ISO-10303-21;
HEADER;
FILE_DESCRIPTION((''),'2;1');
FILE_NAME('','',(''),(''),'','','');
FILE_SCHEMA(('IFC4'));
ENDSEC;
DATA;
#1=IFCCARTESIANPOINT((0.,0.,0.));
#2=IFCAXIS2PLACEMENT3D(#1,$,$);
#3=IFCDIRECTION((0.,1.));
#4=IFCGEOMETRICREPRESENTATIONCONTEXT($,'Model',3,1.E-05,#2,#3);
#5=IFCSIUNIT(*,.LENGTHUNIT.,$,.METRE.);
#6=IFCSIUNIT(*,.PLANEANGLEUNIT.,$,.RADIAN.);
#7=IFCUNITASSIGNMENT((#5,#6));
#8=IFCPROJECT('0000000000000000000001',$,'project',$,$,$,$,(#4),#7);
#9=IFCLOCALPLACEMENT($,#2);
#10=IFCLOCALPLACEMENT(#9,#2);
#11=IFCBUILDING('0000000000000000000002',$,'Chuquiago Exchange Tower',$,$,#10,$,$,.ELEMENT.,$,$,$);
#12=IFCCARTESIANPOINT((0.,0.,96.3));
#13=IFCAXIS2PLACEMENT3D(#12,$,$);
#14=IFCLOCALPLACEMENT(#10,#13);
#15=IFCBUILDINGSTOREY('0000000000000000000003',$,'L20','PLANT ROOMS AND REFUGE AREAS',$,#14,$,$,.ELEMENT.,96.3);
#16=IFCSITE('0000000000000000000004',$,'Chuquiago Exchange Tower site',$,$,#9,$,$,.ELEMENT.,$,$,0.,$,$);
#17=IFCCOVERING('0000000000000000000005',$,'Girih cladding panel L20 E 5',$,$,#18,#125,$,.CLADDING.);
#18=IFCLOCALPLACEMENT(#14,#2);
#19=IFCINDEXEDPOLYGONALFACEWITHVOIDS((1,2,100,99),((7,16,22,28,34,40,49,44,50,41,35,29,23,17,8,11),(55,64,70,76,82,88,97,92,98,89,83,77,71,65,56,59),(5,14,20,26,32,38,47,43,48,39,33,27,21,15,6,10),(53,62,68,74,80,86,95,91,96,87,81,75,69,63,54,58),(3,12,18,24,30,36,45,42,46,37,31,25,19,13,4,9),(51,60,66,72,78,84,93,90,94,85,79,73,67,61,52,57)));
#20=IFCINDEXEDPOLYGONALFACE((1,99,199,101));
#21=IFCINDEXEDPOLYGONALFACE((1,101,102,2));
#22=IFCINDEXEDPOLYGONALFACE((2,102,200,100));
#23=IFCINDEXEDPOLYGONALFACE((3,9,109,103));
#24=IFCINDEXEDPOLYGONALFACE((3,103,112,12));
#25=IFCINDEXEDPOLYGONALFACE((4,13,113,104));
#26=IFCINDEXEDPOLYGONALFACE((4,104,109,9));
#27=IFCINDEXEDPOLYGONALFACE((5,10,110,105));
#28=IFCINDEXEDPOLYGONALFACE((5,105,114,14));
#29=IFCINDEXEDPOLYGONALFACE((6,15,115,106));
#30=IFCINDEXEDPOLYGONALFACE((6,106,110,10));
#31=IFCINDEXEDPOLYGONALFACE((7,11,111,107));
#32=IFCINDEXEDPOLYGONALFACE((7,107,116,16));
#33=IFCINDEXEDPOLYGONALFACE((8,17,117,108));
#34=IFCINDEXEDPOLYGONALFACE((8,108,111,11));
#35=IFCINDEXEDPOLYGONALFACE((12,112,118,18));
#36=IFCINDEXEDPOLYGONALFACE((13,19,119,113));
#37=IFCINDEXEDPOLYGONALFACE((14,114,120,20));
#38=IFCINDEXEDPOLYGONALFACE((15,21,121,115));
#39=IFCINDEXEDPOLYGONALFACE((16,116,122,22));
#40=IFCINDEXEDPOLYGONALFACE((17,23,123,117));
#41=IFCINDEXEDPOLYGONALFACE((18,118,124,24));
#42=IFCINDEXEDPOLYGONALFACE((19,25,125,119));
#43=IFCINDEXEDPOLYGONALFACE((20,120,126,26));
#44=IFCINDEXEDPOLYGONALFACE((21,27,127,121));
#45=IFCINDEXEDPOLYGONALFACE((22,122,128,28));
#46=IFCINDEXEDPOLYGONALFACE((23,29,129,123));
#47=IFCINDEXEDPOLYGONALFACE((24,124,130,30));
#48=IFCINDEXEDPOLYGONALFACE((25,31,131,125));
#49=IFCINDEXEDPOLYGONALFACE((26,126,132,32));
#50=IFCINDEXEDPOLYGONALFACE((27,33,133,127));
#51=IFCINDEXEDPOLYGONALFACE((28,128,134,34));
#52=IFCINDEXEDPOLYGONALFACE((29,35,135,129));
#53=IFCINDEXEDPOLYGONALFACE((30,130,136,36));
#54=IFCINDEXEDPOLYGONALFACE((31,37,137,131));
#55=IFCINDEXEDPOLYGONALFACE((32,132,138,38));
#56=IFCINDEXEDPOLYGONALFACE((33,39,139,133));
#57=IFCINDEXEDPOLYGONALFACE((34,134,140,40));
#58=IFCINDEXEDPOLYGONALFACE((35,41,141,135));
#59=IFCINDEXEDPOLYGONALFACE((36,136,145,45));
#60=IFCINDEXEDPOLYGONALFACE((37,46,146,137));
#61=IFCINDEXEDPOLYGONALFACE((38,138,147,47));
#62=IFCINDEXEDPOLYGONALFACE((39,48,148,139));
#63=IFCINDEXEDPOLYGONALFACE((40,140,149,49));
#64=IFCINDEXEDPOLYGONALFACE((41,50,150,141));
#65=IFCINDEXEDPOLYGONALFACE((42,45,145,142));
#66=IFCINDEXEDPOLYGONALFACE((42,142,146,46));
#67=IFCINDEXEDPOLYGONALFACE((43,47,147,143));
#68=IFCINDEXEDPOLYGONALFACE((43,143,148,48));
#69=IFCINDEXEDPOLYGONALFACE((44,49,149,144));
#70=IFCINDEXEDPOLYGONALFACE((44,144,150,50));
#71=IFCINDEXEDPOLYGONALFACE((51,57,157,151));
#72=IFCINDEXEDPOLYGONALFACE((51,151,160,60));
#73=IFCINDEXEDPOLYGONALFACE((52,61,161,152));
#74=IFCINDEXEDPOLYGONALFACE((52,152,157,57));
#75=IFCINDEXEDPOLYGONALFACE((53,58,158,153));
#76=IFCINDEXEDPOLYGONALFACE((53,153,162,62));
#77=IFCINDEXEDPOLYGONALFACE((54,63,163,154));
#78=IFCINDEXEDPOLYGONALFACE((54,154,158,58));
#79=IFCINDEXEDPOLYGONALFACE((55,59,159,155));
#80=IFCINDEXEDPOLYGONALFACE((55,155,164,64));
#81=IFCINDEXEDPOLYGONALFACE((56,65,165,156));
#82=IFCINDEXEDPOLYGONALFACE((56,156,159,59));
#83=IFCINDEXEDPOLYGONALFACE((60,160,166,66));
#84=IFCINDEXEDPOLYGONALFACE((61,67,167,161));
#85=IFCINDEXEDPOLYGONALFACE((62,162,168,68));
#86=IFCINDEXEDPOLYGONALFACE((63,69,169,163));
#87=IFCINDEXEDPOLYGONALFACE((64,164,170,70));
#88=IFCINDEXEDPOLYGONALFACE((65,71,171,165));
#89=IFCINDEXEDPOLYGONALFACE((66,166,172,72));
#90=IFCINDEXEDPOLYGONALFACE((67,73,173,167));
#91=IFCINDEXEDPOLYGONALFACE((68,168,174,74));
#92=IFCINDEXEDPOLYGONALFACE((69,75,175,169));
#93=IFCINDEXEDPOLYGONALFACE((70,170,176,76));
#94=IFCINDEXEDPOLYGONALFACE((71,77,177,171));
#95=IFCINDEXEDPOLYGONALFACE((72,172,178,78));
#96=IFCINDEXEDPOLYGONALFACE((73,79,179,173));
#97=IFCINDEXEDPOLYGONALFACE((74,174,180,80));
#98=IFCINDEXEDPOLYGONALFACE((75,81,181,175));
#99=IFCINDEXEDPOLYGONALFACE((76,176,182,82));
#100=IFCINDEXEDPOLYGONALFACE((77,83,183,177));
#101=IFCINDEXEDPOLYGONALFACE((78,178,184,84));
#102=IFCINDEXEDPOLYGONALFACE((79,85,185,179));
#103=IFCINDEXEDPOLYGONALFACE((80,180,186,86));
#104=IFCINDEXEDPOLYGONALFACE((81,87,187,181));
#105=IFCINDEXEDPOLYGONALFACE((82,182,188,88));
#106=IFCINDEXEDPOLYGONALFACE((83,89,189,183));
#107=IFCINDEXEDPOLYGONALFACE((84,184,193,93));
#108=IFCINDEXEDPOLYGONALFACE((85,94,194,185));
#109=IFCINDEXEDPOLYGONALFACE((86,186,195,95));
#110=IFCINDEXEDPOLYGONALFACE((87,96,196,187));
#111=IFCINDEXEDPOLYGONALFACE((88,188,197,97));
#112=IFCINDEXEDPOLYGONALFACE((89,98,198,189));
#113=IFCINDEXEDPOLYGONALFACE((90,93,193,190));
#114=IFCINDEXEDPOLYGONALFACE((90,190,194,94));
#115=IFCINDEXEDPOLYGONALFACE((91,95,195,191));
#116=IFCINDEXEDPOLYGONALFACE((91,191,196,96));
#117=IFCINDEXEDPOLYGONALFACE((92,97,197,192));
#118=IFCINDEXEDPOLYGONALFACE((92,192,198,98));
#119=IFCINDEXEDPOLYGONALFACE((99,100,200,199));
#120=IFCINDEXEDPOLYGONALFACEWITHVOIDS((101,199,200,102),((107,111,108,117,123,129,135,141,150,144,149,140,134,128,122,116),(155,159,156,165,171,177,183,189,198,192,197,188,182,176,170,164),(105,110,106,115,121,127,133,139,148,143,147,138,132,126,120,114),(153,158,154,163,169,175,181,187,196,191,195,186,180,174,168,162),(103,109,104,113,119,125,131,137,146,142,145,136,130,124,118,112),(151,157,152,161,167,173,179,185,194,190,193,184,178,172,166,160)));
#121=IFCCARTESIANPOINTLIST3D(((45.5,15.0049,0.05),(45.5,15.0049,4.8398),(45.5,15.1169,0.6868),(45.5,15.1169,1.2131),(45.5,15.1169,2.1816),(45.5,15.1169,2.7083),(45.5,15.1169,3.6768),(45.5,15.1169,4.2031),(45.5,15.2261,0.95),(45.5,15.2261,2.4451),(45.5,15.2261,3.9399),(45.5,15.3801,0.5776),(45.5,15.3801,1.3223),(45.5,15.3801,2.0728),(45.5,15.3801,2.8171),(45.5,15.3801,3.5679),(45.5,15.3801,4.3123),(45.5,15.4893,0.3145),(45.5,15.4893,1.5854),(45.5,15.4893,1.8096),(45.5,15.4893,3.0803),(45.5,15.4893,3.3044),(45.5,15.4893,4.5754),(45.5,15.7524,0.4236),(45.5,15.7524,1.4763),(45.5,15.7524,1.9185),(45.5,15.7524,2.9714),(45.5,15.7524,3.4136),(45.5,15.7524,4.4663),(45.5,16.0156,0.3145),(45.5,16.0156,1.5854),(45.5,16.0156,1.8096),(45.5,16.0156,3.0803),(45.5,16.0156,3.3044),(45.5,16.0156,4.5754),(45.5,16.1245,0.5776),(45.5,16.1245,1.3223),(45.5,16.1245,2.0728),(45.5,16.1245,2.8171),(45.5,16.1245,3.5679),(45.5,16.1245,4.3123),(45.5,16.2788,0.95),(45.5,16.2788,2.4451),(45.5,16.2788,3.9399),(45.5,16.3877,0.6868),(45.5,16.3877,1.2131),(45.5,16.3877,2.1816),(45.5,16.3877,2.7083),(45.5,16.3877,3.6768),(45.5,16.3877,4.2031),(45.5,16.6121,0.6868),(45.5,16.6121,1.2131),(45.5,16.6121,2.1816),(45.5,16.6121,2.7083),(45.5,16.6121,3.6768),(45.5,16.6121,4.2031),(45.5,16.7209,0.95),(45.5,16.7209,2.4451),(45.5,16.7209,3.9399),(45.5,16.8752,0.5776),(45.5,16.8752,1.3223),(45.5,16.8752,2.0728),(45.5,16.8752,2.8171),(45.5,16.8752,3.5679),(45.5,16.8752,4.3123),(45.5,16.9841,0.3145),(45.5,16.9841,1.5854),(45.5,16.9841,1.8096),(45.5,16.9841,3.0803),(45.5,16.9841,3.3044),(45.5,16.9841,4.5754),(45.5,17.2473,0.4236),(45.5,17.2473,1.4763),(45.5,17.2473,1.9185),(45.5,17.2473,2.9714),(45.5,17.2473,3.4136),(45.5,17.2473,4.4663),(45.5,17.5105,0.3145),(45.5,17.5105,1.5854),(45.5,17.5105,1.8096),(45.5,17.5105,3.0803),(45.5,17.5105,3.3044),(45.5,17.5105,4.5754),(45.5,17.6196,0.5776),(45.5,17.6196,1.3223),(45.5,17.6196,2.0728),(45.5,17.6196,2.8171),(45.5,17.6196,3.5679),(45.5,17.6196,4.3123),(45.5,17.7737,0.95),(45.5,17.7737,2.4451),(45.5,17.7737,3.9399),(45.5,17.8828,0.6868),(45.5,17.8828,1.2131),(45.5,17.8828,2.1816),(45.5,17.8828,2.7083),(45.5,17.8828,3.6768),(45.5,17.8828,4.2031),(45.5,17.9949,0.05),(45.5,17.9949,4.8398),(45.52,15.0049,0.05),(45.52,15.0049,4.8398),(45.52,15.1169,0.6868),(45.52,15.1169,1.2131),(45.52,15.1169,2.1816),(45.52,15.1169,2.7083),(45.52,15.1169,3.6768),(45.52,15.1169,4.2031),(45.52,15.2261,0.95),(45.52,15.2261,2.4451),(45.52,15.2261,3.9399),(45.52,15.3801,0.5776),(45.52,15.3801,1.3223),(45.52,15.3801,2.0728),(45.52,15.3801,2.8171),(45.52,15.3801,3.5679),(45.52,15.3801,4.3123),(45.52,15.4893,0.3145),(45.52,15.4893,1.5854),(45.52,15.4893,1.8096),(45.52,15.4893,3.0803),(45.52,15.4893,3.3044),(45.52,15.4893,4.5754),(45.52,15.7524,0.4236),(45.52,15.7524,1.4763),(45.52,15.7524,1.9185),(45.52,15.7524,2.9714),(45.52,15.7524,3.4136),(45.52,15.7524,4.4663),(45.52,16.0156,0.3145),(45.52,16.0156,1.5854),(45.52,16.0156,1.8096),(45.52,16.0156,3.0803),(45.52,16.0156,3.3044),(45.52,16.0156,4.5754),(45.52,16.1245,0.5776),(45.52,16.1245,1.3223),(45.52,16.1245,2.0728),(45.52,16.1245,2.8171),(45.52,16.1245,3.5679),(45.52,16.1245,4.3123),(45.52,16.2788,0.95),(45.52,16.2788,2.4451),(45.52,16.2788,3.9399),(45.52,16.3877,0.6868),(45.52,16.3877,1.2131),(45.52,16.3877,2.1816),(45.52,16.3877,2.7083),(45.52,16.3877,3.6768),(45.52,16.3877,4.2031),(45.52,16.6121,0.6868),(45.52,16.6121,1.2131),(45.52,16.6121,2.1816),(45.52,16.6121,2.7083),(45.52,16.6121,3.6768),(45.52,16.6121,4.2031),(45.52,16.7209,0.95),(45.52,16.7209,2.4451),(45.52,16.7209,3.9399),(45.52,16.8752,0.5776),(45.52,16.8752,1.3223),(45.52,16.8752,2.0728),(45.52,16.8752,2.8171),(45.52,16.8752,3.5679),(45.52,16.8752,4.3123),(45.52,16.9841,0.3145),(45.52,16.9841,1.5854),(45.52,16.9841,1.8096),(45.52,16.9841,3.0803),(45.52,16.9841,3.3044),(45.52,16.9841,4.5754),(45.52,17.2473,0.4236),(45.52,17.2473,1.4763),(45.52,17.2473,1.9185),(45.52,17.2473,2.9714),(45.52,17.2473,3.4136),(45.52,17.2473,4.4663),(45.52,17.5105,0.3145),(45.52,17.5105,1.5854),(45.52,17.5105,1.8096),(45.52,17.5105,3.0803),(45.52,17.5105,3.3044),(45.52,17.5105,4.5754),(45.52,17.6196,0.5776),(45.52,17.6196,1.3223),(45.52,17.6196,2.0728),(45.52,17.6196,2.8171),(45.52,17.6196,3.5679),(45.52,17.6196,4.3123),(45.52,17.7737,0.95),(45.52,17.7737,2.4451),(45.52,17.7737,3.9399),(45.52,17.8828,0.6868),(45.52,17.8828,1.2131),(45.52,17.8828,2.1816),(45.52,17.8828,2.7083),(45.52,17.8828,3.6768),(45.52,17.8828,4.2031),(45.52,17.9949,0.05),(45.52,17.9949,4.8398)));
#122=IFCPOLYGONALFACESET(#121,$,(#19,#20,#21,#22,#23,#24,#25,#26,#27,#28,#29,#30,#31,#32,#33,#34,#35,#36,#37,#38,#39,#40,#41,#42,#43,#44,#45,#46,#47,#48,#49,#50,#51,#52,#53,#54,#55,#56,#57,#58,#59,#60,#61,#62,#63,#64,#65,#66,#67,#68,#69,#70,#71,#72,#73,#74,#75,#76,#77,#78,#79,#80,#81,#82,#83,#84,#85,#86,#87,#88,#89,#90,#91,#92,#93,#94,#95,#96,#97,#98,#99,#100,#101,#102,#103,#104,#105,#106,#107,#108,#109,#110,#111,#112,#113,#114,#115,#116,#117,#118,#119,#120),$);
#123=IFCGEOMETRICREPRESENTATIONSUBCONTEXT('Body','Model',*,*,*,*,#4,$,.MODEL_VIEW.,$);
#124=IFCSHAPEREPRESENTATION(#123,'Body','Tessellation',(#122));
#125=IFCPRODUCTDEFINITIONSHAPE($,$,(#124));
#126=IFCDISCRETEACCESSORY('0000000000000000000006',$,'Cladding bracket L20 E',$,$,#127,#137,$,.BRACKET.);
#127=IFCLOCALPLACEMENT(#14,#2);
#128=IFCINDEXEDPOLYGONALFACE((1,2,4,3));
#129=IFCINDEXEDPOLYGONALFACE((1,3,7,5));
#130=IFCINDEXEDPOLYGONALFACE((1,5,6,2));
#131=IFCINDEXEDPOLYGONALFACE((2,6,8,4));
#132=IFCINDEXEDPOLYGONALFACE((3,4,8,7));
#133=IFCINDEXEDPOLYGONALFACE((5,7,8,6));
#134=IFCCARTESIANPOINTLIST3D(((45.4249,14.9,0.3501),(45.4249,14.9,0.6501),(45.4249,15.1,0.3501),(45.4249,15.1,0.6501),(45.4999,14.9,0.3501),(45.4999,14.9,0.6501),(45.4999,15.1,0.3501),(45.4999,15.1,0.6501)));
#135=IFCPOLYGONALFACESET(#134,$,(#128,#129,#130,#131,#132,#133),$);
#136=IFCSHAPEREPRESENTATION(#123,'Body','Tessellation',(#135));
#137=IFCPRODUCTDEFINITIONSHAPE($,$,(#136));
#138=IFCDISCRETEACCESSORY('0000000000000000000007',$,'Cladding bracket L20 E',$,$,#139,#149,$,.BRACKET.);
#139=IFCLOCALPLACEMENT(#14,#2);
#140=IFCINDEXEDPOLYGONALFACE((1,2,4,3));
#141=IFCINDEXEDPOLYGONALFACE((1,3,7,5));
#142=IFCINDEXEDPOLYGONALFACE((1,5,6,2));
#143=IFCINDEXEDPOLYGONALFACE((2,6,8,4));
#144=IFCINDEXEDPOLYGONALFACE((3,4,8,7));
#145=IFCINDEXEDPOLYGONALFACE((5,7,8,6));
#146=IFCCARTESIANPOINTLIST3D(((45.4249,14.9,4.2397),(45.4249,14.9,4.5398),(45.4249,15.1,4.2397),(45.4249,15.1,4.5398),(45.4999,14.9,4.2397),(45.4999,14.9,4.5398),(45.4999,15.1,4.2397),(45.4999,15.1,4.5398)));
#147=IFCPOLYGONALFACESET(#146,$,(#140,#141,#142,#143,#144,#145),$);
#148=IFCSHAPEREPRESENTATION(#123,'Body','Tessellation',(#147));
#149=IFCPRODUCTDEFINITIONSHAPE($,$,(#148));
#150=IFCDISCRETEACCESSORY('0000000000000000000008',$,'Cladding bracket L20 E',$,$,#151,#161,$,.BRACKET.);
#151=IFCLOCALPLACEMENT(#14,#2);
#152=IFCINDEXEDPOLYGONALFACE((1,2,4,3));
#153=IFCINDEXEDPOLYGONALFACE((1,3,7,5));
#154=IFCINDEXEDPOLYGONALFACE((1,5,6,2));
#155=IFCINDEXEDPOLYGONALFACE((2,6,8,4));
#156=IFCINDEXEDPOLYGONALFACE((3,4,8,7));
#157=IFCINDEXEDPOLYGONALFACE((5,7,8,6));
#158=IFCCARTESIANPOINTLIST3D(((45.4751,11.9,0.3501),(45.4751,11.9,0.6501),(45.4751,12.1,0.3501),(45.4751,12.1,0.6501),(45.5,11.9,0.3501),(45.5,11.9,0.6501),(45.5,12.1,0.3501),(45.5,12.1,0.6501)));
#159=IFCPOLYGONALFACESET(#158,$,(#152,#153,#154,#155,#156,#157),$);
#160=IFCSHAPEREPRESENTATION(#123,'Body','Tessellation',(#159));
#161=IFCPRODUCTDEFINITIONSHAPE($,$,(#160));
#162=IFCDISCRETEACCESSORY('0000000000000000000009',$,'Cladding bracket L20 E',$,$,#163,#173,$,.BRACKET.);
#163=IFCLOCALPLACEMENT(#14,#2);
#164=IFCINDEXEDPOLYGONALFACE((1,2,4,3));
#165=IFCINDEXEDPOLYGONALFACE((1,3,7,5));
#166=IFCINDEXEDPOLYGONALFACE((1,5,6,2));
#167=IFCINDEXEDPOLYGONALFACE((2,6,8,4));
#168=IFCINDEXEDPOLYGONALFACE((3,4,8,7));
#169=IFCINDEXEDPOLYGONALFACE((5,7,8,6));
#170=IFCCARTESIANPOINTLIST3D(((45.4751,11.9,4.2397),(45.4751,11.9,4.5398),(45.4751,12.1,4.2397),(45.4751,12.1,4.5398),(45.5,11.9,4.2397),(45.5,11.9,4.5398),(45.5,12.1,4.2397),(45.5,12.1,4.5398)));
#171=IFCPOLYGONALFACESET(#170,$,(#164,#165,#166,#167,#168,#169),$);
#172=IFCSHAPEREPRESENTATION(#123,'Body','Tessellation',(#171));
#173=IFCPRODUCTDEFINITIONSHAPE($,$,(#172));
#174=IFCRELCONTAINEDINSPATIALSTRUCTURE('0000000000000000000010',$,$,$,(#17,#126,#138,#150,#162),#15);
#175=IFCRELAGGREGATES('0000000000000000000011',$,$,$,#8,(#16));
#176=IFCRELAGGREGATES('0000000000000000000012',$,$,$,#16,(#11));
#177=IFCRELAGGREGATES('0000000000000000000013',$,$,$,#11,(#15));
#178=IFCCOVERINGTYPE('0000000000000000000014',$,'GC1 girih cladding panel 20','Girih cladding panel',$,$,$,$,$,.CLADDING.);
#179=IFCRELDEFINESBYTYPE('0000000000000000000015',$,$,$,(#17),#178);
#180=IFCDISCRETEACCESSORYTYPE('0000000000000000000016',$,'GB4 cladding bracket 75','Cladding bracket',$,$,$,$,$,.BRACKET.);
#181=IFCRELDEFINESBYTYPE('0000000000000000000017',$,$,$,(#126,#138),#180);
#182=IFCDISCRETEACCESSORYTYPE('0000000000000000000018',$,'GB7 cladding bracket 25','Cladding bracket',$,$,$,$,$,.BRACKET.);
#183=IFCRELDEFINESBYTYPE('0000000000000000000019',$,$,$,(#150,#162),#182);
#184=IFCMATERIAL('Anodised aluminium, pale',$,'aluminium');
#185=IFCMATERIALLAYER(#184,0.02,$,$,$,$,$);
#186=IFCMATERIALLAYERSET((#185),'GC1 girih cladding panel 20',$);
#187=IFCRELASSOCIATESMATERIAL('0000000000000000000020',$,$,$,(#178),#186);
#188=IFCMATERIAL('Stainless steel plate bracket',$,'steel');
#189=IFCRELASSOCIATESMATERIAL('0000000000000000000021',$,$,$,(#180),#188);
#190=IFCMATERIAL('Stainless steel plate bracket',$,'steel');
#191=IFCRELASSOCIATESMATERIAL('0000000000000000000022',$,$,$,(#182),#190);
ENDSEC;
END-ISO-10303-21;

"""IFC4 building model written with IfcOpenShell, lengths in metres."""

from ifc_helpers import new_model, si_unit, direction, frame, origin, origin_2d, place, context, subcontext, project, spatial, polyline, rectangle, outline, extrude, material, layer, layer_set, type_object, element, save


model = new_model("IFC4")

# Units and contexts
model_context = context("Model", 3, precision=1e-05, world=origin(), true_north=direction((0.0, 1.0)))
body_context = subcontext(model_context, "Body", "Model", "MODEL_VIEW")
ifc_project = project(units=[si_unit("LENGTHUNIT", "METRE"), si_unit("PLANEANGLEUNIT", "RADIAN")], contexts=[model_context])

# Site, building, storey
site_placement = place(None, origin())
site = spatial("IfcSite", under=ifc_project, at=site_placement, Name="Chuquiago Exchange Tower site", CompositionType="ELEMENT", RefElevation=0.0)
building_placement = place(site_placement, origin())
building = spatial("IfcBuilding", under=site, at=building_placement, Name="Chuquiago Exchange Tower", CompositionType="ELEMENT")
storey_placement = place(building_placement, frame((0.0, 0.0, 96.3)))
storey = spatial("IfcBuildingStorey", under=building, at=storey_placement, Name="L20", Description="PLANT ROOMS AND REFUGE AREAS", CompositionType="ELEMENT", Elevation=96.3)

# Covering
ifc_material_1 = material(Name="Anodised aluminium, pale", Category="aluminium")
ifc_layer_1 = layer(ifc_material_1, 0.02)
ifc_layer_set_1 = layer_set([ifc_layer_1], Name="GC1 girih cladding panel 20")
covering_type = type_object("IfcCoveringType", Name="GC1 girih cladding panel 20", Description="Girih cladding panel", PredefinedType="CLADDING", material=ifc_layer_set_1)
covering_1_placement = place(storey_placement, frame((45.5, 15.0049, 0.05), z_axis=(0.0, 0.0, 1.0), x_axis=(0.0, 1.0, 0.0)))
element("IfcCovering", 1, at=covering_1_placement, inside=storey, type_object=covering_type, Name="Girih cladding panel L20 E 5", PredefinedType="CLADDING", context=body_context, shape_type="SweptSolid", body=[
    extrude(outline(polyline([(0.0, 0.0), (2.99, 0.0), (2.99, 4.7898), (0.0, 4.7898), (0.0, 0.0)]), holes=[polyline([(1.2739, 0.8999), (1.3828, 1.1631), (1.1196, 1.2722), (1.0107, 1.5354), (0.7476, 1.4263), (0.4844, 1.5354), (0.3752, 1.2722), (0.1121, 1.1631), (0.2212, 0.8999), (0.1121, 0.6367), (0.3752, 0.5276), (0.4844, 0.2644), (0.7476, 0.3735), (1.0107, 0.2644), (1.1196, 0.5276), (1.3828, 0.6367), (1.2739, 0.8999)]), polyline([(2.7688, 0.8999), (2.8779, 1.1631), (2.6147, 1.2722), (2.5056, 1.5354), (2.2424, 1.4263), (1.9792, 1.5354), (1.8704, 1.2722), (1.6072, 1.1631), (1.7161, 0.8999), (1.6072, 0.6367), (1.8704, 0.5276), (1.9792, 0.2644), (2.2424, 0.3735), (2.5056, 0.2644), (2.6147, 0.5276), (2.8779, 0.6367), (2.7688, 0.8999)]), polyline([(1.2739, 2.395), (1.3828, 2.6582), (1.1196, 2.7671), (1.0107, 3.0303), (0.7476, 2.9214), (0.4844, 3.0303), (0.3752, 2.7671), (0.1121, 2.6582), (0.2212, 2.395), (0.1121, 2.1316), (0.3752, 2.0227), (0.4844, 1.7595), (0.7476, 1.8684), (1.0107, 1.7595), (1.1196, 2.0227), (1.3828, 2.1316), (1.2739, 2.395)]), polyline([(2.7688, 2.395), (2.8779, 2.6582), (2.6147, 2.7671), (2.5056, 3.0303), (2.2424, 2.9214), (1.9792, 3.0303), (1.8704, 2.7671), (1.6072, 2.6582), (1.7161, 2.395), (1.6072, 2.1316), (1.8704, 2.0227), (1.9792, 1.7595), (2.2424, 1.8684), (2.5056, 1.7595), (2.6147, 2.0227), (2.8779, 2.1316), (2.7688, 2.395)]), polyline([(1.2739, 3.8899), (1.3828, 4.1531), (1.1196, 4.2622), (1.0107, 4.5254), (0.7476, 4.4163), (0.4844, 4.5254), (0.3752, 4.2622), (0.1121, 4.1531), (0.2212, 3.8899), (0.1121, 3.6267), (0.3752, 3.5178), (0.4844, 3.2544), (0.7476, 3.3635), (1.0107, 3.2544), (1.1196, 3.5178), (1.3828, 3.6267), (1.2739, 3.8899)]), polyline([(2.7688, 3.8899), (2.8779, 4.1531), (2.6147, 4.2622), (2.5056, 4.5254), (2.2424, 4.4163), (1.9792, 4.5254), (1.8704, 4.2622), (1.6072, 4.1531), (1.7161, 3.8899), (1.6072, 3.6267), (1.8704, 3.5178), (1.9792, 3.2544), (2.2424, 3.3635), (2.5056, 3.2544), (2.6147, 3.5178), (2.8779, 3.6267), (2.7688, 3.8899)])]), frame((0.0, 0.0, 0.0), z_axis=(0.0, -1.0, 0.0), x_axis=(1.0, 0.0, 0.0)), (0.0, 0.0, 1.0), 0.02),
])

# Discrete accessories
ifc_material_2 = material(Name="Stainless steel plate bracket", Category="steel")
discrete_accessory_type_1 = type_object("IfcDiscreteAccessoryType", Name="GB4 cladding bracket 75", Description="Cladding bracket", PredefinedType="BRACKET", material=ifc_material_2)
for number, where, z_axis, x_axis, name in (
    (2, (45.4624, 15.0, 0.3501), (0.0, 0.0, 1.0), (0.0, 1.0, 0.0), "Cladding bracket L20 E"),
    (3, (45.4624, 15.0, 4.2397), (0.0, 0.0, 1.0), (0.0, 1.0, 0.0), "Cladding bracket L20 E"),
):
    element("IfcDiscreteAccessory", number, at=place(storey_placement, frame(where, z_axis=z_axis, x_axis=x_axis)), inside=storey, type_object=discrete_accessory_type_1, Name=name, PredefinedType="BRACKET", context=body_context, shape_type="SweptSolid", body=[
        extrude(rectangle(XDim=0.2, YDim=0.075, at=origin_2d()), origin(), (0.0, 0.0, 1.0), 0.3),
    ])
ifc_material_3 = material(Name="Stainless steel plate bracket", Category="steel")
discrete_accessory_type_2 = type_object("IfcDiscreteAccessoryType", Name="GB7 cladding bracket 25", Description="Cladding bracket", PredefinedType="BRACKET", material=ifc_material_3)
for number, where, z_axis, x_axis, name in (
    (4, (45.4875, 12.0, 0.3501), (0.0, 0.0, 1.0), (0.0, 1.0, 0.0), "Cladding bracket L20 E"),
    (5, (45.4875, 12.0, 4.2397), (0.0, 0.0, 1.0), (0.0, 1.0, 0.0), "Cladding bracket L20 E"),
):
    element("IfcDiscreteAccessory", number, at=place(storey_placement, frame(where, z_axis=z_axis, x_axis=x_axis)), inside=storey, type_object=discrete_accessory_type_2, Name=name, PredefinedType="BRACKET", context=body_context, shape_type="SweptSolid", body=[
        extrude(rectangle(XDim=0.2, YDim=0.0249, at=origin_2d()), origin(), (0.0, 0.0, 1.0), 0.3),
    ])

save(model, "model.ifc")
